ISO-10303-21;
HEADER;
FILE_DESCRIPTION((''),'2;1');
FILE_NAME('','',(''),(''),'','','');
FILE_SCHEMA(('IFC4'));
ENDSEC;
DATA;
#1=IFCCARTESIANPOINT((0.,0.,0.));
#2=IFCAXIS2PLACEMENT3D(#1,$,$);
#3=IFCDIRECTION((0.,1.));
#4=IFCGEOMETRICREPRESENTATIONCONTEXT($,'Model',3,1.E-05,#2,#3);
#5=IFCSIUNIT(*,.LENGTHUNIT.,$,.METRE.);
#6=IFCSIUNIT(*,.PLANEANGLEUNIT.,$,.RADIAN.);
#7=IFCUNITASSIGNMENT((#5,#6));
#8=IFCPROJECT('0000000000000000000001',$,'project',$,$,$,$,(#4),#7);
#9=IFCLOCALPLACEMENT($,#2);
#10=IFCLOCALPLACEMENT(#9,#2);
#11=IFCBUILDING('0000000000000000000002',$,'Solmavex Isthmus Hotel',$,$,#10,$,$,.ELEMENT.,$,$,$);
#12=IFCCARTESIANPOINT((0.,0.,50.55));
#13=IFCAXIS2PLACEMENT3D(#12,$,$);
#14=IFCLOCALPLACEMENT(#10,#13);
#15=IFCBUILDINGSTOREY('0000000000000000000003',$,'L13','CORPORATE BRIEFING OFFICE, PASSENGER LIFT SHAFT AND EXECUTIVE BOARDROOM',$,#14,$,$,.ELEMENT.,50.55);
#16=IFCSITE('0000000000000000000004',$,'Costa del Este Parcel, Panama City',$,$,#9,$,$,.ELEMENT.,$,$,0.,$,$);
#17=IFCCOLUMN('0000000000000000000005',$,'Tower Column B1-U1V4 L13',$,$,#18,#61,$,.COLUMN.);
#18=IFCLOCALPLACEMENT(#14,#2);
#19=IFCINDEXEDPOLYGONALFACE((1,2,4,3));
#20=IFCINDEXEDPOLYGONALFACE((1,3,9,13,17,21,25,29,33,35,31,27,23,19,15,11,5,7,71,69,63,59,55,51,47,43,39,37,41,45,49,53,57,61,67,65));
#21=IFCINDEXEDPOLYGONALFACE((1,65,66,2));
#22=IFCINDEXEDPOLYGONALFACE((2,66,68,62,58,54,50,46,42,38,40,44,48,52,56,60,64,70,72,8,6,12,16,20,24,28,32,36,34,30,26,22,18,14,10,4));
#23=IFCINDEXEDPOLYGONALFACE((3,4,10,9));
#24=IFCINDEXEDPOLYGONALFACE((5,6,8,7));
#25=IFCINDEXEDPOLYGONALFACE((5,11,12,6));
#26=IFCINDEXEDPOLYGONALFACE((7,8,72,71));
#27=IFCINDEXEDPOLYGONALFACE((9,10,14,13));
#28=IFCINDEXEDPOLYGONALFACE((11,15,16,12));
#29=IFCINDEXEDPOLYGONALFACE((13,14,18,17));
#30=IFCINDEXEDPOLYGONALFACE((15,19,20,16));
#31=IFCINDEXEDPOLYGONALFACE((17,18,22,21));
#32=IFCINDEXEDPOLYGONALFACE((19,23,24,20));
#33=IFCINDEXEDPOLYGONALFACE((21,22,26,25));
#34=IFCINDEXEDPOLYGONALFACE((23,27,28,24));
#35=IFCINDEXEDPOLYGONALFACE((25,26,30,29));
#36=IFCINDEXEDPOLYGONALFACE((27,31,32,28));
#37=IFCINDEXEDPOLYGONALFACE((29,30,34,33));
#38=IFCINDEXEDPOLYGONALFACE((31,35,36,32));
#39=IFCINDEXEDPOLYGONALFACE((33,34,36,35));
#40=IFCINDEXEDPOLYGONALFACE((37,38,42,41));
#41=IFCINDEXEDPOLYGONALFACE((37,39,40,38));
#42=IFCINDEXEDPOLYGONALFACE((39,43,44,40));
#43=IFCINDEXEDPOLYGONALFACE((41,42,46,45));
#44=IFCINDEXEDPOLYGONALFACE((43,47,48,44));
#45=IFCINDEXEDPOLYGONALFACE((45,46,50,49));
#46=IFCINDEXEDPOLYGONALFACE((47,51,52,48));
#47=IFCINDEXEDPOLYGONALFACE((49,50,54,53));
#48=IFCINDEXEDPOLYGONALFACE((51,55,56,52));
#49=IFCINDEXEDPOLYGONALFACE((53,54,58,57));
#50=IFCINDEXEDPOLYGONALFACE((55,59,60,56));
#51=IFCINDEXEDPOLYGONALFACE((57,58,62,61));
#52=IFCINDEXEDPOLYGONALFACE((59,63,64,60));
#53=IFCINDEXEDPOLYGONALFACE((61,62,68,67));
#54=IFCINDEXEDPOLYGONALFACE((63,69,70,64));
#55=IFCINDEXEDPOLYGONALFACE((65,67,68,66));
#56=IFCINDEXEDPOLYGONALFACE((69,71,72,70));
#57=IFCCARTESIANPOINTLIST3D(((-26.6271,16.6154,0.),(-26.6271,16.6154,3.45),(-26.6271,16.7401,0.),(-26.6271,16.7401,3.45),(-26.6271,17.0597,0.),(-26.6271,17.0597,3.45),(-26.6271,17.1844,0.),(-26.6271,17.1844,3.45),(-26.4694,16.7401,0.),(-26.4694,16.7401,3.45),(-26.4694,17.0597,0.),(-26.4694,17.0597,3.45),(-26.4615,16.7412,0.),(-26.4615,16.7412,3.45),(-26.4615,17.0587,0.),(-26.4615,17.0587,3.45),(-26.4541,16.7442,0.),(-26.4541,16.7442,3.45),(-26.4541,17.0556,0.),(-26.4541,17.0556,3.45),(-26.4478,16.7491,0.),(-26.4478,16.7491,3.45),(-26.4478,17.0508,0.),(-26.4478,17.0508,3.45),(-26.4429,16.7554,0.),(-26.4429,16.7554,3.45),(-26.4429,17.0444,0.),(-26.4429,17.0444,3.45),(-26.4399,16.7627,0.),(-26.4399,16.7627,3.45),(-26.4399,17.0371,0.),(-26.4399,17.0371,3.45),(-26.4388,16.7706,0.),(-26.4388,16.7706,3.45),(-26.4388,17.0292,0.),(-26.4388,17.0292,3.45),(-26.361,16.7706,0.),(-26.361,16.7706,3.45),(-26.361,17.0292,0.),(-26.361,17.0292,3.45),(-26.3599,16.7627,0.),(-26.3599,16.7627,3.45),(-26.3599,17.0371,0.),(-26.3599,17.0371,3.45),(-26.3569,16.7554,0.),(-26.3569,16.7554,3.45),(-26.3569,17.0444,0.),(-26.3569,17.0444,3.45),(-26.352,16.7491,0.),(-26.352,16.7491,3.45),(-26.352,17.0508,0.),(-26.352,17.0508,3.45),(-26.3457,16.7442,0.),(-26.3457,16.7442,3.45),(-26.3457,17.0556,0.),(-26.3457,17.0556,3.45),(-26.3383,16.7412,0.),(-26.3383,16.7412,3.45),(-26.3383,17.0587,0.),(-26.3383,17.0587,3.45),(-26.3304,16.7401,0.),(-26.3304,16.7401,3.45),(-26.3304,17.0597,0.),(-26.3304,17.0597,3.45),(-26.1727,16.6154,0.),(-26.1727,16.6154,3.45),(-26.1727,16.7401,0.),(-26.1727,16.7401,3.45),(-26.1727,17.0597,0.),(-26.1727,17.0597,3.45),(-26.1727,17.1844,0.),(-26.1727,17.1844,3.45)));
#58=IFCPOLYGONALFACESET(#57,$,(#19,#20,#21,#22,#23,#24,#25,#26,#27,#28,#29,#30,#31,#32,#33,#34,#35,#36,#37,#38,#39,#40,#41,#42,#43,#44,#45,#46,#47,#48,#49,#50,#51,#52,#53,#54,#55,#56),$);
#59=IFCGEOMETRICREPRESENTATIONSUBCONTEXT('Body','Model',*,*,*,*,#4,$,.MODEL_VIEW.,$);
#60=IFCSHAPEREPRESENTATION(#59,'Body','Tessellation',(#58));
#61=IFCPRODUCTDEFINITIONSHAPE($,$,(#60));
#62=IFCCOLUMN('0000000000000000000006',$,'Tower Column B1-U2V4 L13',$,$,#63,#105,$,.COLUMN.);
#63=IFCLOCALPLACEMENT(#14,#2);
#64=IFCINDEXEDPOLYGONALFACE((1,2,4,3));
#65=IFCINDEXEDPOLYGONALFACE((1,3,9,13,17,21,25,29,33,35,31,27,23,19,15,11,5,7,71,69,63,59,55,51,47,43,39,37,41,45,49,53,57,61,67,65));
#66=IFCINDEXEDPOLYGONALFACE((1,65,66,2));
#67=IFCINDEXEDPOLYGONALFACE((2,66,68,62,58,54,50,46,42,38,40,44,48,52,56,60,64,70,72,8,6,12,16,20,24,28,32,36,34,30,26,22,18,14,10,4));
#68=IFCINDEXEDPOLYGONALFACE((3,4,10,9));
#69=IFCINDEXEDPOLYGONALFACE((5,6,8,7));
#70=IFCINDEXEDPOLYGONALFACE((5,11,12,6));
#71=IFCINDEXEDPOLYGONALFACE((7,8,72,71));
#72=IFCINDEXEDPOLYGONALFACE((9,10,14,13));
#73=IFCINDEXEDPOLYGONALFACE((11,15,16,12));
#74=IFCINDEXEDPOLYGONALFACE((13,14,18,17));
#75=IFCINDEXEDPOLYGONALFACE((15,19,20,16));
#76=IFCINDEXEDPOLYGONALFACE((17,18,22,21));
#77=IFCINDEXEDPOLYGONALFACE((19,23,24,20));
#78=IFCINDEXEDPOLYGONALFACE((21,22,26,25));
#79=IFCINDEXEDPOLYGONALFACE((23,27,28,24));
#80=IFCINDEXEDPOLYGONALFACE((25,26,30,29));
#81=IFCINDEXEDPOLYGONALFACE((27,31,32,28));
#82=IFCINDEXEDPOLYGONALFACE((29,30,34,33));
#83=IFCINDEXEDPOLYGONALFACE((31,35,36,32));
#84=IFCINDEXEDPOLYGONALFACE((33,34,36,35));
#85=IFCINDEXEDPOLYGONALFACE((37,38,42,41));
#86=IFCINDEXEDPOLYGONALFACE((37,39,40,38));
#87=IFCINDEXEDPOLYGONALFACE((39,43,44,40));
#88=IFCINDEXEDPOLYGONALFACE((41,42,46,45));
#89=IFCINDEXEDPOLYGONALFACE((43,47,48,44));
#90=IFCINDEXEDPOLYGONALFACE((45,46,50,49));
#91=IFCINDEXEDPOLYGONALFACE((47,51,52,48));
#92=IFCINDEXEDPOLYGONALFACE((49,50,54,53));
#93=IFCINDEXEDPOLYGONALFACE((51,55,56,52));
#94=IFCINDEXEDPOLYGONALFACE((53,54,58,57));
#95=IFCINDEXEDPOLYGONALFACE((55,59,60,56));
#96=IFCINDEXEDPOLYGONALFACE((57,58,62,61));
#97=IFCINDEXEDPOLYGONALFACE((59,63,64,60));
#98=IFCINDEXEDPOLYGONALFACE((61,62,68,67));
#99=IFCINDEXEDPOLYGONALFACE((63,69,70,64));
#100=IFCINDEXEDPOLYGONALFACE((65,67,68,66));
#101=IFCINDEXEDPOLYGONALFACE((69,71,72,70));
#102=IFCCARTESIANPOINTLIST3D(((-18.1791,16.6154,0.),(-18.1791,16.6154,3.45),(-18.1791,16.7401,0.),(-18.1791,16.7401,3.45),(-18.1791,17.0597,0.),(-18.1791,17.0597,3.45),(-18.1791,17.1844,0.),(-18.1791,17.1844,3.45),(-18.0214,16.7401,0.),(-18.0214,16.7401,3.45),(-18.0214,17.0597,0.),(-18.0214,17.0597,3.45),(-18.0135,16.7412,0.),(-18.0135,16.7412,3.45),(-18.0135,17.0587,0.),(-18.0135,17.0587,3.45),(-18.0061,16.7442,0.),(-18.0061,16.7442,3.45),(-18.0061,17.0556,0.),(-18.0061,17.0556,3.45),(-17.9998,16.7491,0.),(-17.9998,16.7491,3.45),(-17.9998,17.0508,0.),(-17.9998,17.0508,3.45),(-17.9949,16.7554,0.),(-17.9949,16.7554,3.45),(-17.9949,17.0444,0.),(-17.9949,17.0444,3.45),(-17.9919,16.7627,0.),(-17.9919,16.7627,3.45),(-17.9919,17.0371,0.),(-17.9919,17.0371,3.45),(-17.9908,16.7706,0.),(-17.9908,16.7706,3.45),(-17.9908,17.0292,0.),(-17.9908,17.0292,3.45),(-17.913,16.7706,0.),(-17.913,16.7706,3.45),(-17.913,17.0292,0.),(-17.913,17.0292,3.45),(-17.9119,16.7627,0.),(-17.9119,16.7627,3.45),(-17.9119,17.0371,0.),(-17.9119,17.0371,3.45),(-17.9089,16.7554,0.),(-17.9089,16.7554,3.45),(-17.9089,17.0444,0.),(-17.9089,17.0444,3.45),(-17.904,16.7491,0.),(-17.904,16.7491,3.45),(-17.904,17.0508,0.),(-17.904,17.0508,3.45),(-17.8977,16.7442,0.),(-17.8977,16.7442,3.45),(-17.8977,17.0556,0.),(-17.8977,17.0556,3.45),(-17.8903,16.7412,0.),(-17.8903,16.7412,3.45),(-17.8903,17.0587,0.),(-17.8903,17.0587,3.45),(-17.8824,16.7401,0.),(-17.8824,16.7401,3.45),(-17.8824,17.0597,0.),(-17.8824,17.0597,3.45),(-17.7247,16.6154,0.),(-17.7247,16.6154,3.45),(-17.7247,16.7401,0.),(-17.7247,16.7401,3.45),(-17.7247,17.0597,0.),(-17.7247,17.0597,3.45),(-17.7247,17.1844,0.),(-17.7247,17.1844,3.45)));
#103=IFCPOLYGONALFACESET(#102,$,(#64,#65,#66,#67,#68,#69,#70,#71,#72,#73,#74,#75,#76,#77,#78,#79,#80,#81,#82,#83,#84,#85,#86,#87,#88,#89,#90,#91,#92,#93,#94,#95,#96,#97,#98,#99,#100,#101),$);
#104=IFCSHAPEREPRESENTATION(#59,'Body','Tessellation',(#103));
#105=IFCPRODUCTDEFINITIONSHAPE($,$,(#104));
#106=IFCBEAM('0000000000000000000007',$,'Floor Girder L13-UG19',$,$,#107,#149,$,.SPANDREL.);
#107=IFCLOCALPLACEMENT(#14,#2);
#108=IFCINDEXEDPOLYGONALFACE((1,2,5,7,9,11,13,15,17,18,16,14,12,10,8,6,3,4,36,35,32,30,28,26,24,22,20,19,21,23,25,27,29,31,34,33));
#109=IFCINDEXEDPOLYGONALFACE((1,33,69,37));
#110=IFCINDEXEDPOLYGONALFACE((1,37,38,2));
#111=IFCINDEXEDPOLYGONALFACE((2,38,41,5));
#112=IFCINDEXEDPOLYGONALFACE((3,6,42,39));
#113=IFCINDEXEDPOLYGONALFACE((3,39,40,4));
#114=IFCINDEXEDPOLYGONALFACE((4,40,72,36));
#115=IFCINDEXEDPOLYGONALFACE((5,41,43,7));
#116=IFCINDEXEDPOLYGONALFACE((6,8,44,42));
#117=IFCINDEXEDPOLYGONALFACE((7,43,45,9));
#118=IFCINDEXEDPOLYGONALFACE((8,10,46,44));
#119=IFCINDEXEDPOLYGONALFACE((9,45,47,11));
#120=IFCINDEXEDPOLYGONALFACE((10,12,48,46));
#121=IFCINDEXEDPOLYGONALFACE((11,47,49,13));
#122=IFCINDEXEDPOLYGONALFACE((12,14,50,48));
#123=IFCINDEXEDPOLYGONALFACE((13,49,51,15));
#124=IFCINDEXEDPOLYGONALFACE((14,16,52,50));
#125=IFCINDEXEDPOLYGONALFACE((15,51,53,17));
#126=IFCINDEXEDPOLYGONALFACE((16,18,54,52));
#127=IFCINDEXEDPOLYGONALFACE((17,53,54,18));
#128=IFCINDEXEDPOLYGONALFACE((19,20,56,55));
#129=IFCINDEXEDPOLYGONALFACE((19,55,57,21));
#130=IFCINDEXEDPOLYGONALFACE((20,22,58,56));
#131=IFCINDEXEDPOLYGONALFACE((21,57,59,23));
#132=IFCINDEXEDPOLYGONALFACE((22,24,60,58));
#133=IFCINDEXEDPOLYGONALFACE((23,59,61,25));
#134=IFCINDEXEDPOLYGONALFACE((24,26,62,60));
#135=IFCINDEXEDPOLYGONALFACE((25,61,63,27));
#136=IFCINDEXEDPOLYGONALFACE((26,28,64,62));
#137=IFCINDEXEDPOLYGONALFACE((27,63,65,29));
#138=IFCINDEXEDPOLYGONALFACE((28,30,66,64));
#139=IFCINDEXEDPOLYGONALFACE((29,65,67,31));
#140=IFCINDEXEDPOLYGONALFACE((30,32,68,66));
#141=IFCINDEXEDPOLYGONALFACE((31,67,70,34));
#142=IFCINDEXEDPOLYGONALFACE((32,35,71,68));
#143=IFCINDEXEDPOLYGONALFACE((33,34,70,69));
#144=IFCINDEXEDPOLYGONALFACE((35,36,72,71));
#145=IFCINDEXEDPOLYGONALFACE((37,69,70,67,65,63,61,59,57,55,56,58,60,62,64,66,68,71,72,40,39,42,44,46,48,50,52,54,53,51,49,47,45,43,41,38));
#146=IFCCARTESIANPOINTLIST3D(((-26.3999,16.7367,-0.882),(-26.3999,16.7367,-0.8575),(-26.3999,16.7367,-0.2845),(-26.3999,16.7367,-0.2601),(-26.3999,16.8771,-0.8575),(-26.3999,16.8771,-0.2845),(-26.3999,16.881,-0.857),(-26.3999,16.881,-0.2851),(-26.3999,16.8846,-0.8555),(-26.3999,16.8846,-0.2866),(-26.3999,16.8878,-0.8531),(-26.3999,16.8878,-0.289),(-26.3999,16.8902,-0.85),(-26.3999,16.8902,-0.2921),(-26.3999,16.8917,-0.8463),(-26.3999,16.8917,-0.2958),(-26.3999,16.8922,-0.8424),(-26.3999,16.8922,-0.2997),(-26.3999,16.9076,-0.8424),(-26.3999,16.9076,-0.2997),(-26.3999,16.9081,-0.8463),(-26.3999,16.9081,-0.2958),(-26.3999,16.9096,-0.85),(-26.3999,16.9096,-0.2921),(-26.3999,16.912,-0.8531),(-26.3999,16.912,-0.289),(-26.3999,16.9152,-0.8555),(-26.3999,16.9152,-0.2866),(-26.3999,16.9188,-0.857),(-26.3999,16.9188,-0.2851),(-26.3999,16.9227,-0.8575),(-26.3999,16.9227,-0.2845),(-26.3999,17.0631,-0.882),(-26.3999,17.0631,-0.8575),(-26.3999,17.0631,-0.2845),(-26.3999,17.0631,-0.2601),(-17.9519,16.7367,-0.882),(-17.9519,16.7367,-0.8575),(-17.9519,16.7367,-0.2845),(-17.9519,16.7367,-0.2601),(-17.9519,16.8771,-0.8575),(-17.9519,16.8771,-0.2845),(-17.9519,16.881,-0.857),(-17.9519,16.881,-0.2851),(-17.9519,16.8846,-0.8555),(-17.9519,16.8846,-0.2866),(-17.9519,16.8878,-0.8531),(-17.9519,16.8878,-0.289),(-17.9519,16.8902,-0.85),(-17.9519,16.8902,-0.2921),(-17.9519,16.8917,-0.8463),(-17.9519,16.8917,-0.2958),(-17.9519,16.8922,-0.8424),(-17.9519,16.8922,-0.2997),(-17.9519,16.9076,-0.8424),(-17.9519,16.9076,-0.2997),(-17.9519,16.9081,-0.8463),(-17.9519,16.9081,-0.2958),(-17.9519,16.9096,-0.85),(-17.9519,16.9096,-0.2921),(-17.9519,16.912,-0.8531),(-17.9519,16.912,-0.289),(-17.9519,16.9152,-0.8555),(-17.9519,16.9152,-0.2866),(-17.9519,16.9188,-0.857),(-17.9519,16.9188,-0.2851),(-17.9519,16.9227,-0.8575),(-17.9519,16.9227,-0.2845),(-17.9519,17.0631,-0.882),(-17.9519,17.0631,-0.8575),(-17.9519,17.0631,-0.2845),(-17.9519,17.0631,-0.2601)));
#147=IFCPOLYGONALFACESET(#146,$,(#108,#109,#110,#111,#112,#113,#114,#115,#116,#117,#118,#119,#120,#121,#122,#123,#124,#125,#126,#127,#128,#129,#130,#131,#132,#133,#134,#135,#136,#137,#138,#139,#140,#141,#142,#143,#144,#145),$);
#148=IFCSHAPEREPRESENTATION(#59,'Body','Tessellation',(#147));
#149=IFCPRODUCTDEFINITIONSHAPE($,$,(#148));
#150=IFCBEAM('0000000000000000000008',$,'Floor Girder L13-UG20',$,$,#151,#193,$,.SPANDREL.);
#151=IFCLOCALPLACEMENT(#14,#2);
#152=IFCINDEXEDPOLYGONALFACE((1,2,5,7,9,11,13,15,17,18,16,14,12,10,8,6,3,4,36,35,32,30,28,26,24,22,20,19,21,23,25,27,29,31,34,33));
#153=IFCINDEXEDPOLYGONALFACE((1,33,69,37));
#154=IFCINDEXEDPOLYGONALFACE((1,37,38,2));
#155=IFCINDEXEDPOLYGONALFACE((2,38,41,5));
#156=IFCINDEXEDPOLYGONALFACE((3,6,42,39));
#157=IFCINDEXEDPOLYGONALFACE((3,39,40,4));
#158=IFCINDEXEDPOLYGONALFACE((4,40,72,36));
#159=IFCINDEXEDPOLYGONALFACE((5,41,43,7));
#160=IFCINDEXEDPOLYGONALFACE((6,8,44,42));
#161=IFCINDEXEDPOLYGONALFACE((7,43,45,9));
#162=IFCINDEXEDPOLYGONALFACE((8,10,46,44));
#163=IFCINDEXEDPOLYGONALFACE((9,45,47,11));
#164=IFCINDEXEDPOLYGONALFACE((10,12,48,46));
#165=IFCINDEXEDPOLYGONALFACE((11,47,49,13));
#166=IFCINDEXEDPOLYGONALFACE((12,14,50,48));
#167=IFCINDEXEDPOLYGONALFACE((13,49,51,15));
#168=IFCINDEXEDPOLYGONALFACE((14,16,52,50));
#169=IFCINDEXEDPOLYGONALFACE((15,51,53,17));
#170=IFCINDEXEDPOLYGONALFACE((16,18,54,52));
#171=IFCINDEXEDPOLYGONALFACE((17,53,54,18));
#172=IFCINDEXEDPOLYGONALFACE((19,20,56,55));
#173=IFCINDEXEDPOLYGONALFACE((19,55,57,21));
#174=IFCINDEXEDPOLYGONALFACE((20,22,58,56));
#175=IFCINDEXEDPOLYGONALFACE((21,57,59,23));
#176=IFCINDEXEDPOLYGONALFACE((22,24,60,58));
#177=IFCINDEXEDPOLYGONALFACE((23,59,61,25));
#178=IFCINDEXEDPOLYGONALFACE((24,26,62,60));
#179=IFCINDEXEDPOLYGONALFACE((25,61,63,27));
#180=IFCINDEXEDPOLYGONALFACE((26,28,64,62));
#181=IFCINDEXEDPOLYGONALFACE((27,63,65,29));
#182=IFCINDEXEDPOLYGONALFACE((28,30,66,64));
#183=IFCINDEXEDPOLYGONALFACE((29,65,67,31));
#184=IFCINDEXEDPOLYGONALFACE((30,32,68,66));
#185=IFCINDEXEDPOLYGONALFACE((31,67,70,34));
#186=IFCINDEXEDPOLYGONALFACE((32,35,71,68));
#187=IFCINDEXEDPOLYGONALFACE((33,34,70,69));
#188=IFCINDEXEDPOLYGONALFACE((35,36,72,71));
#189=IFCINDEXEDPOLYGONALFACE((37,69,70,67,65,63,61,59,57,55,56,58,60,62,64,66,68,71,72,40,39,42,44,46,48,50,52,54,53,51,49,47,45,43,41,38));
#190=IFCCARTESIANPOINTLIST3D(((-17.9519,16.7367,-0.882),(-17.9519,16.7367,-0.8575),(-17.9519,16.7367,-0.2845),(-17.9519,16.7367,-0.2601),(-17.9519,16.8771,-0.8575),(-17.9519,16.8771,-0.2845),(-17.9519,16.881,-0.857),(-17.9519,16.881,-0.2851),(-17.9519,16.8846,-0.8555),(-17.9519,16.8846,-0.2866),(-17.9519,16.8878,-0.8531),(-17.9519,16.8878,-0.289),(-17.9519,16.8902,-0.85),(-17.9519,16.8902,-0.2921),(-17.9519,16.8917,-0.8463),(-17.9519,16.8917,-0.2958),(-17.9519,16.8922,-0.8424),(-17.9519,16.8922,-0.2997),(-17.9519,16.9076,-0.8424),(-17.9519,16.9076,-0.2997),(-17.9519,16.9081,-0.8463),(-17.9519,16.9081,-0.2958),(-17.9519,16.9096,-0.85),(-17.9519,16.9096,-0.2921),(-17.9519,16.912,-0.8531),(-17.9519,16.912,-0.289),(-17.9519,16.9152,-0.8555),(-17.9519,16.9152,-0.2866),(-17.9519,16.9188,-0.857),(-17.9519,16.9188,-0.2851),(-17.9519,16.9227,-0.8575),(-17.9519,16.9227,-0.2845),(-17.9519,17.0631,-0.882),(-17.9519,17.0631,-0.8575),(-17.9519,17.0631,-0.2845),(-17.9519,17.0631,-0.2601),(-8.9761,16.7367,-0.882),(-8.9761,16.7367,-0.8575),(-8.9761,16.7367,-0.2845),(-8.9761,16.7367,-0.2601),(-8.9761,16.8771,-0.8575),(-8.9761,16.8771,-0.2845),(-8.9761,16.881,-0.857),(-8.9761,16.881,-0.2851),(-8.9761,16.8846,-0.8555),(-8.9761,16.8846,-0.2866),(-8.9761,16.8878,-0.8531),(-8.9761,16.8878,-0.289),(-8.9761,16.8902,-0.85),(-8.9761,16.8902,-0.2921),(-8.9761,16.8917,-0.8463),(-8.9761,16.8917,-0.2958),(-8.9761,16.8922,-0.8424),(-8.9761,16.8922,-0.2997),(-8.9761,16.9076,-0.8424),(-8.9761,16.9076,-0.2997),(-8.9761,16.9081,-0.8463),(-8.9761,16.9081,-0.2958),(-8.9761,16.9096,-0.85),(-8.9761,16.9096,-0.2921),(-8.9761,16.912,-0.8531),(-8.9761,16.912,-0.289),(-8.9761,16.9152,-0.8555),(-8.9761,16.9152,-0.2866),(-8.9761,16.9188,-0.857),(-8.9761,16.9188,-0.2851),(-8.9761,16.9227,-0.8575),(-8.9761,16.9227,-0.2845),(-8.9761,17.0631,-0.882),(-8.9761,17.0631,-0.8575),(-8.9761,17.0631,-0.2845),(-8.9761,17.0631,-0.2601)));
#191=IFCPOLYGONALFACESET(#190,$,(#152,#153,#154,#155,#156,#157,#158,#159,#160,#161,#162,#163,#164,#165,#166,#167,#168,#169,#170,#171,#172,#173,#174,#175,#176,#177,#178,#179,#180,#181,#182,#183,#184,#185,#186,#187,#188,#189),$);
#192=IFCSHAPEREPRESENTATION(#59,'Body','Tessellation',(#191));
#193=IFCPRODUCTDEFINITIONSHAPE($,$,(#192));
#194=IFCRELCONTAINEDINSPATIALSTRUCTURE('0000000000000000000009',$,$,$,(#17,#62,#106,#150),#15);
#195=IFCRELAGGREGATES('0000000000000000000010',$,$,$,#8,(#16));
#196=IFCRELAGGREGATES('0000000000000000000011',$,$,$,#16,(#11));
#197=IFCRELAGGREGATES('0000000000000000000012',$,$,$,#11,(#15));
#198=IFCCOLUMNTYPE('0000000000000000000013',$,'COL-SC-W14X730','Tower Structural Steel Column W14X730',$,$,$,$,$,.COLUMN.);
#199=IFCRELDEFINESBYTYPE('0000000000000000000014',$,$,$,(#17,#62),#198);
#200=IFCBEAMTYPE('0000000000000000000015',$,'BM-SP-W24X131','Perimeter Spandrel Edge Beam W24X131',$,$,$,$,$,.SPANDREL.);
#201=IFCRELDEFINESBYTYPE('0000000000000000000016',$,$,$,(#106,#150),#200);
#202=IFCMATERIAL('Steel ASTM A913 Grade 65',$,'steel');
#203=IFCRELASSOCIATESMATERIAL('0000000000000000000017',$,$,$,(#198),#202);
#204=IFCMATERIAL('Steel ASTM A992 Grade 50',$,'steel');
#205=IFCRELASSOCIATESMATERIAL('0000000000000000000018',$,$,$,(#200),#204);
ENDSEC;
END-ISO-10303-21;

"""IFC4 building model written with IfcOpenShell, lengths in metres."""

from ifc_helpers import new_model, si_unit, direction, frame, origin, origin_2d, place, context, subcontext, project, spatial, i_section, extrude, material, material_profile, profile_set, type_object, element, save


model = new_model("IFC4")

# Units and contexts
model_context = context("Model", 3, precision=1e-05, world=origin(), true_north=direction((0.0, 1.0)))
body_context = subcontext(model_context, "Body", "Model", "MODEL_VIEW")
ifc_project = project(units=[si_unit("LENGTHUNIT", "METRE"), si_unit("PLANEANGLEUNIT", "RADIAN")], contexts=[model_context])

# Site, building, storey
site_placement = place(None, origin())
site = spatial("IfcSite", under=ifc_project, at=site_placement, Name="Costa del Este Parcel, Panama City", CompositionType="ELEMENT", RefElevation=0.0)
building_placement = place(site_placement, origin())
building = spatial("IfcBuilding", under=site, at=building_placement, Name="Solmavex Isthmus Hotel", CompositionType="ELEMENT")
storey_placement = place(building_placement, frame((0.0, 0.0, 50.55)))
storey = spatial("IfcBuildingStorey", under=building, at=storey_placement, Name="L13", Description="CORPORATE BRIEFING OFFICE, PASSENGER LIFT SHAFT AND EXECUTIVE BOARDROOM", CompositionType="ELEMENT", Elevation=50.55)

# Columns
ifc_material_1 = material(Name="Steel ASTM A913 Grade 65", Category="steel")
ifc_material_profile_1 = material_profile(ifc_material_1, i_section(OverallWidth=0.4543, OverallDepth=0.5691, WebThickness=0.0779, FlangeThickness=0.1248, FilletRadius=0.0305, at=origin_2d()), Name="W14X730")
ifc_profile_set_1 = profile_set([ifc_material_profile_1], Name="Steel ASTM A913 Grade 65")
column_type = type_object("IfcColumnType", Name="COL-SC-W14X730", Description="Tower Structural Steel Column W14X730", PredefinedType="COLUMN", material=ifc_profile_set_1)
for number, where, z_axis, x_axis, name in (
    (1, (-26.3999, 16.8999, 0.0), (0.0, 0.0, 1.0), (1.0, 0.0, 0.0), "Tower Column B1-U1V4 L13"),
    (2, (-17.9519, 16.8999, 0.0), (0.0, 0.0, 1.0), (1.0, 0.0, 0.0), "Tower Column B1-U2V4 L13"),
):
    element("IfcColumn", number, at=place(storey_placement, frame(where, z_axis=z_axis, x_axis=x_axis)), inside=storey, type_object=column_type, Name=name, PredefinedType="COLUMN", context=body_context, shape_type="SweptSolid", body=[
        extrude(i_section(OverallWidth=0.4543, OverallDepth=0.5691, WebThickness=0.0779, FlangeThickness=0.1248, FilletRadius=0.0305, at=origin_2d()), origin(), (0.0, 0.0, 1.0), 3.45),
    ])

# Beams
ifc_material_2 = material(Name="Steel ASTM A992 Grade 50", Category="steel")
ifc_material_profile_2 = material_profile(ifc_material_2, i_section(OverallWidth=0.3264, OverallDepth=0.6218, WebThickness=0.0154, FlangeThickness=0.0244, FilletRadius=0.0151, at=origin_2d()), Name="W24X131")
ifc_profile_set_2 = profile_set([ifc_material_profile_2], Name="Steel ASTM A992 Grade 50")
beam_type = type_object("IfcBeamType", Name="BM-SP-W24X131", Description="Perimeter Spandrel Edge Beam W24X131", PredefinedType="SPANDREL", material=ifc_profile_set_2)
beam_1_placement = place(storey_placement, frame((-26.3999, 16.8999, -0.571), z_axis=(1.0, 0.0, 0.0), x_axis=(0.0, 1.0, 0.0)))
element("IfcBeam", 3, at=beam_1_placement, inside=storey, type_object=beam_type, Name="Floor Girder L13-UG19", PredefinedType="SPANDREL", context=body_context, shape_type="SweptSolid", body=[
    extrude(i_section(OverallWidth=0.3264, OverallDepth=0.6218, WebThickness=0.0154, FlangeThickness=0.0244, FilletRadius=0.0151, at=origin_2d()), origin(), (0.0, 0.0, 1.0), 8.448),
])
beam_2_placement = place(storey_placement, frame((-17.9519, 16.8999, -0.571), z_axis=(1.0, 0.0, 0.0), x_axis=(0.0, 1.0, 0.0)))
element("IfcBeam", 4, at=beam_2_placement, inside=storey, type_object=beam_type, Name="Floor Girder L13-UG20", PredefinedType="SPANDREL", context=body_context, shape_type="SweptSolid", body=[
    extrude(i_section(OverallWidth=0.3264, OverallDepth=0.6218, WebThickness=0.0154, FlangeThickness=0.0244, FilletRadius=0.0151, at=origin_2d()), origin(), (0.0, 0.0, 1.0), 8.9758),
])

save(model, "model.ifc")
